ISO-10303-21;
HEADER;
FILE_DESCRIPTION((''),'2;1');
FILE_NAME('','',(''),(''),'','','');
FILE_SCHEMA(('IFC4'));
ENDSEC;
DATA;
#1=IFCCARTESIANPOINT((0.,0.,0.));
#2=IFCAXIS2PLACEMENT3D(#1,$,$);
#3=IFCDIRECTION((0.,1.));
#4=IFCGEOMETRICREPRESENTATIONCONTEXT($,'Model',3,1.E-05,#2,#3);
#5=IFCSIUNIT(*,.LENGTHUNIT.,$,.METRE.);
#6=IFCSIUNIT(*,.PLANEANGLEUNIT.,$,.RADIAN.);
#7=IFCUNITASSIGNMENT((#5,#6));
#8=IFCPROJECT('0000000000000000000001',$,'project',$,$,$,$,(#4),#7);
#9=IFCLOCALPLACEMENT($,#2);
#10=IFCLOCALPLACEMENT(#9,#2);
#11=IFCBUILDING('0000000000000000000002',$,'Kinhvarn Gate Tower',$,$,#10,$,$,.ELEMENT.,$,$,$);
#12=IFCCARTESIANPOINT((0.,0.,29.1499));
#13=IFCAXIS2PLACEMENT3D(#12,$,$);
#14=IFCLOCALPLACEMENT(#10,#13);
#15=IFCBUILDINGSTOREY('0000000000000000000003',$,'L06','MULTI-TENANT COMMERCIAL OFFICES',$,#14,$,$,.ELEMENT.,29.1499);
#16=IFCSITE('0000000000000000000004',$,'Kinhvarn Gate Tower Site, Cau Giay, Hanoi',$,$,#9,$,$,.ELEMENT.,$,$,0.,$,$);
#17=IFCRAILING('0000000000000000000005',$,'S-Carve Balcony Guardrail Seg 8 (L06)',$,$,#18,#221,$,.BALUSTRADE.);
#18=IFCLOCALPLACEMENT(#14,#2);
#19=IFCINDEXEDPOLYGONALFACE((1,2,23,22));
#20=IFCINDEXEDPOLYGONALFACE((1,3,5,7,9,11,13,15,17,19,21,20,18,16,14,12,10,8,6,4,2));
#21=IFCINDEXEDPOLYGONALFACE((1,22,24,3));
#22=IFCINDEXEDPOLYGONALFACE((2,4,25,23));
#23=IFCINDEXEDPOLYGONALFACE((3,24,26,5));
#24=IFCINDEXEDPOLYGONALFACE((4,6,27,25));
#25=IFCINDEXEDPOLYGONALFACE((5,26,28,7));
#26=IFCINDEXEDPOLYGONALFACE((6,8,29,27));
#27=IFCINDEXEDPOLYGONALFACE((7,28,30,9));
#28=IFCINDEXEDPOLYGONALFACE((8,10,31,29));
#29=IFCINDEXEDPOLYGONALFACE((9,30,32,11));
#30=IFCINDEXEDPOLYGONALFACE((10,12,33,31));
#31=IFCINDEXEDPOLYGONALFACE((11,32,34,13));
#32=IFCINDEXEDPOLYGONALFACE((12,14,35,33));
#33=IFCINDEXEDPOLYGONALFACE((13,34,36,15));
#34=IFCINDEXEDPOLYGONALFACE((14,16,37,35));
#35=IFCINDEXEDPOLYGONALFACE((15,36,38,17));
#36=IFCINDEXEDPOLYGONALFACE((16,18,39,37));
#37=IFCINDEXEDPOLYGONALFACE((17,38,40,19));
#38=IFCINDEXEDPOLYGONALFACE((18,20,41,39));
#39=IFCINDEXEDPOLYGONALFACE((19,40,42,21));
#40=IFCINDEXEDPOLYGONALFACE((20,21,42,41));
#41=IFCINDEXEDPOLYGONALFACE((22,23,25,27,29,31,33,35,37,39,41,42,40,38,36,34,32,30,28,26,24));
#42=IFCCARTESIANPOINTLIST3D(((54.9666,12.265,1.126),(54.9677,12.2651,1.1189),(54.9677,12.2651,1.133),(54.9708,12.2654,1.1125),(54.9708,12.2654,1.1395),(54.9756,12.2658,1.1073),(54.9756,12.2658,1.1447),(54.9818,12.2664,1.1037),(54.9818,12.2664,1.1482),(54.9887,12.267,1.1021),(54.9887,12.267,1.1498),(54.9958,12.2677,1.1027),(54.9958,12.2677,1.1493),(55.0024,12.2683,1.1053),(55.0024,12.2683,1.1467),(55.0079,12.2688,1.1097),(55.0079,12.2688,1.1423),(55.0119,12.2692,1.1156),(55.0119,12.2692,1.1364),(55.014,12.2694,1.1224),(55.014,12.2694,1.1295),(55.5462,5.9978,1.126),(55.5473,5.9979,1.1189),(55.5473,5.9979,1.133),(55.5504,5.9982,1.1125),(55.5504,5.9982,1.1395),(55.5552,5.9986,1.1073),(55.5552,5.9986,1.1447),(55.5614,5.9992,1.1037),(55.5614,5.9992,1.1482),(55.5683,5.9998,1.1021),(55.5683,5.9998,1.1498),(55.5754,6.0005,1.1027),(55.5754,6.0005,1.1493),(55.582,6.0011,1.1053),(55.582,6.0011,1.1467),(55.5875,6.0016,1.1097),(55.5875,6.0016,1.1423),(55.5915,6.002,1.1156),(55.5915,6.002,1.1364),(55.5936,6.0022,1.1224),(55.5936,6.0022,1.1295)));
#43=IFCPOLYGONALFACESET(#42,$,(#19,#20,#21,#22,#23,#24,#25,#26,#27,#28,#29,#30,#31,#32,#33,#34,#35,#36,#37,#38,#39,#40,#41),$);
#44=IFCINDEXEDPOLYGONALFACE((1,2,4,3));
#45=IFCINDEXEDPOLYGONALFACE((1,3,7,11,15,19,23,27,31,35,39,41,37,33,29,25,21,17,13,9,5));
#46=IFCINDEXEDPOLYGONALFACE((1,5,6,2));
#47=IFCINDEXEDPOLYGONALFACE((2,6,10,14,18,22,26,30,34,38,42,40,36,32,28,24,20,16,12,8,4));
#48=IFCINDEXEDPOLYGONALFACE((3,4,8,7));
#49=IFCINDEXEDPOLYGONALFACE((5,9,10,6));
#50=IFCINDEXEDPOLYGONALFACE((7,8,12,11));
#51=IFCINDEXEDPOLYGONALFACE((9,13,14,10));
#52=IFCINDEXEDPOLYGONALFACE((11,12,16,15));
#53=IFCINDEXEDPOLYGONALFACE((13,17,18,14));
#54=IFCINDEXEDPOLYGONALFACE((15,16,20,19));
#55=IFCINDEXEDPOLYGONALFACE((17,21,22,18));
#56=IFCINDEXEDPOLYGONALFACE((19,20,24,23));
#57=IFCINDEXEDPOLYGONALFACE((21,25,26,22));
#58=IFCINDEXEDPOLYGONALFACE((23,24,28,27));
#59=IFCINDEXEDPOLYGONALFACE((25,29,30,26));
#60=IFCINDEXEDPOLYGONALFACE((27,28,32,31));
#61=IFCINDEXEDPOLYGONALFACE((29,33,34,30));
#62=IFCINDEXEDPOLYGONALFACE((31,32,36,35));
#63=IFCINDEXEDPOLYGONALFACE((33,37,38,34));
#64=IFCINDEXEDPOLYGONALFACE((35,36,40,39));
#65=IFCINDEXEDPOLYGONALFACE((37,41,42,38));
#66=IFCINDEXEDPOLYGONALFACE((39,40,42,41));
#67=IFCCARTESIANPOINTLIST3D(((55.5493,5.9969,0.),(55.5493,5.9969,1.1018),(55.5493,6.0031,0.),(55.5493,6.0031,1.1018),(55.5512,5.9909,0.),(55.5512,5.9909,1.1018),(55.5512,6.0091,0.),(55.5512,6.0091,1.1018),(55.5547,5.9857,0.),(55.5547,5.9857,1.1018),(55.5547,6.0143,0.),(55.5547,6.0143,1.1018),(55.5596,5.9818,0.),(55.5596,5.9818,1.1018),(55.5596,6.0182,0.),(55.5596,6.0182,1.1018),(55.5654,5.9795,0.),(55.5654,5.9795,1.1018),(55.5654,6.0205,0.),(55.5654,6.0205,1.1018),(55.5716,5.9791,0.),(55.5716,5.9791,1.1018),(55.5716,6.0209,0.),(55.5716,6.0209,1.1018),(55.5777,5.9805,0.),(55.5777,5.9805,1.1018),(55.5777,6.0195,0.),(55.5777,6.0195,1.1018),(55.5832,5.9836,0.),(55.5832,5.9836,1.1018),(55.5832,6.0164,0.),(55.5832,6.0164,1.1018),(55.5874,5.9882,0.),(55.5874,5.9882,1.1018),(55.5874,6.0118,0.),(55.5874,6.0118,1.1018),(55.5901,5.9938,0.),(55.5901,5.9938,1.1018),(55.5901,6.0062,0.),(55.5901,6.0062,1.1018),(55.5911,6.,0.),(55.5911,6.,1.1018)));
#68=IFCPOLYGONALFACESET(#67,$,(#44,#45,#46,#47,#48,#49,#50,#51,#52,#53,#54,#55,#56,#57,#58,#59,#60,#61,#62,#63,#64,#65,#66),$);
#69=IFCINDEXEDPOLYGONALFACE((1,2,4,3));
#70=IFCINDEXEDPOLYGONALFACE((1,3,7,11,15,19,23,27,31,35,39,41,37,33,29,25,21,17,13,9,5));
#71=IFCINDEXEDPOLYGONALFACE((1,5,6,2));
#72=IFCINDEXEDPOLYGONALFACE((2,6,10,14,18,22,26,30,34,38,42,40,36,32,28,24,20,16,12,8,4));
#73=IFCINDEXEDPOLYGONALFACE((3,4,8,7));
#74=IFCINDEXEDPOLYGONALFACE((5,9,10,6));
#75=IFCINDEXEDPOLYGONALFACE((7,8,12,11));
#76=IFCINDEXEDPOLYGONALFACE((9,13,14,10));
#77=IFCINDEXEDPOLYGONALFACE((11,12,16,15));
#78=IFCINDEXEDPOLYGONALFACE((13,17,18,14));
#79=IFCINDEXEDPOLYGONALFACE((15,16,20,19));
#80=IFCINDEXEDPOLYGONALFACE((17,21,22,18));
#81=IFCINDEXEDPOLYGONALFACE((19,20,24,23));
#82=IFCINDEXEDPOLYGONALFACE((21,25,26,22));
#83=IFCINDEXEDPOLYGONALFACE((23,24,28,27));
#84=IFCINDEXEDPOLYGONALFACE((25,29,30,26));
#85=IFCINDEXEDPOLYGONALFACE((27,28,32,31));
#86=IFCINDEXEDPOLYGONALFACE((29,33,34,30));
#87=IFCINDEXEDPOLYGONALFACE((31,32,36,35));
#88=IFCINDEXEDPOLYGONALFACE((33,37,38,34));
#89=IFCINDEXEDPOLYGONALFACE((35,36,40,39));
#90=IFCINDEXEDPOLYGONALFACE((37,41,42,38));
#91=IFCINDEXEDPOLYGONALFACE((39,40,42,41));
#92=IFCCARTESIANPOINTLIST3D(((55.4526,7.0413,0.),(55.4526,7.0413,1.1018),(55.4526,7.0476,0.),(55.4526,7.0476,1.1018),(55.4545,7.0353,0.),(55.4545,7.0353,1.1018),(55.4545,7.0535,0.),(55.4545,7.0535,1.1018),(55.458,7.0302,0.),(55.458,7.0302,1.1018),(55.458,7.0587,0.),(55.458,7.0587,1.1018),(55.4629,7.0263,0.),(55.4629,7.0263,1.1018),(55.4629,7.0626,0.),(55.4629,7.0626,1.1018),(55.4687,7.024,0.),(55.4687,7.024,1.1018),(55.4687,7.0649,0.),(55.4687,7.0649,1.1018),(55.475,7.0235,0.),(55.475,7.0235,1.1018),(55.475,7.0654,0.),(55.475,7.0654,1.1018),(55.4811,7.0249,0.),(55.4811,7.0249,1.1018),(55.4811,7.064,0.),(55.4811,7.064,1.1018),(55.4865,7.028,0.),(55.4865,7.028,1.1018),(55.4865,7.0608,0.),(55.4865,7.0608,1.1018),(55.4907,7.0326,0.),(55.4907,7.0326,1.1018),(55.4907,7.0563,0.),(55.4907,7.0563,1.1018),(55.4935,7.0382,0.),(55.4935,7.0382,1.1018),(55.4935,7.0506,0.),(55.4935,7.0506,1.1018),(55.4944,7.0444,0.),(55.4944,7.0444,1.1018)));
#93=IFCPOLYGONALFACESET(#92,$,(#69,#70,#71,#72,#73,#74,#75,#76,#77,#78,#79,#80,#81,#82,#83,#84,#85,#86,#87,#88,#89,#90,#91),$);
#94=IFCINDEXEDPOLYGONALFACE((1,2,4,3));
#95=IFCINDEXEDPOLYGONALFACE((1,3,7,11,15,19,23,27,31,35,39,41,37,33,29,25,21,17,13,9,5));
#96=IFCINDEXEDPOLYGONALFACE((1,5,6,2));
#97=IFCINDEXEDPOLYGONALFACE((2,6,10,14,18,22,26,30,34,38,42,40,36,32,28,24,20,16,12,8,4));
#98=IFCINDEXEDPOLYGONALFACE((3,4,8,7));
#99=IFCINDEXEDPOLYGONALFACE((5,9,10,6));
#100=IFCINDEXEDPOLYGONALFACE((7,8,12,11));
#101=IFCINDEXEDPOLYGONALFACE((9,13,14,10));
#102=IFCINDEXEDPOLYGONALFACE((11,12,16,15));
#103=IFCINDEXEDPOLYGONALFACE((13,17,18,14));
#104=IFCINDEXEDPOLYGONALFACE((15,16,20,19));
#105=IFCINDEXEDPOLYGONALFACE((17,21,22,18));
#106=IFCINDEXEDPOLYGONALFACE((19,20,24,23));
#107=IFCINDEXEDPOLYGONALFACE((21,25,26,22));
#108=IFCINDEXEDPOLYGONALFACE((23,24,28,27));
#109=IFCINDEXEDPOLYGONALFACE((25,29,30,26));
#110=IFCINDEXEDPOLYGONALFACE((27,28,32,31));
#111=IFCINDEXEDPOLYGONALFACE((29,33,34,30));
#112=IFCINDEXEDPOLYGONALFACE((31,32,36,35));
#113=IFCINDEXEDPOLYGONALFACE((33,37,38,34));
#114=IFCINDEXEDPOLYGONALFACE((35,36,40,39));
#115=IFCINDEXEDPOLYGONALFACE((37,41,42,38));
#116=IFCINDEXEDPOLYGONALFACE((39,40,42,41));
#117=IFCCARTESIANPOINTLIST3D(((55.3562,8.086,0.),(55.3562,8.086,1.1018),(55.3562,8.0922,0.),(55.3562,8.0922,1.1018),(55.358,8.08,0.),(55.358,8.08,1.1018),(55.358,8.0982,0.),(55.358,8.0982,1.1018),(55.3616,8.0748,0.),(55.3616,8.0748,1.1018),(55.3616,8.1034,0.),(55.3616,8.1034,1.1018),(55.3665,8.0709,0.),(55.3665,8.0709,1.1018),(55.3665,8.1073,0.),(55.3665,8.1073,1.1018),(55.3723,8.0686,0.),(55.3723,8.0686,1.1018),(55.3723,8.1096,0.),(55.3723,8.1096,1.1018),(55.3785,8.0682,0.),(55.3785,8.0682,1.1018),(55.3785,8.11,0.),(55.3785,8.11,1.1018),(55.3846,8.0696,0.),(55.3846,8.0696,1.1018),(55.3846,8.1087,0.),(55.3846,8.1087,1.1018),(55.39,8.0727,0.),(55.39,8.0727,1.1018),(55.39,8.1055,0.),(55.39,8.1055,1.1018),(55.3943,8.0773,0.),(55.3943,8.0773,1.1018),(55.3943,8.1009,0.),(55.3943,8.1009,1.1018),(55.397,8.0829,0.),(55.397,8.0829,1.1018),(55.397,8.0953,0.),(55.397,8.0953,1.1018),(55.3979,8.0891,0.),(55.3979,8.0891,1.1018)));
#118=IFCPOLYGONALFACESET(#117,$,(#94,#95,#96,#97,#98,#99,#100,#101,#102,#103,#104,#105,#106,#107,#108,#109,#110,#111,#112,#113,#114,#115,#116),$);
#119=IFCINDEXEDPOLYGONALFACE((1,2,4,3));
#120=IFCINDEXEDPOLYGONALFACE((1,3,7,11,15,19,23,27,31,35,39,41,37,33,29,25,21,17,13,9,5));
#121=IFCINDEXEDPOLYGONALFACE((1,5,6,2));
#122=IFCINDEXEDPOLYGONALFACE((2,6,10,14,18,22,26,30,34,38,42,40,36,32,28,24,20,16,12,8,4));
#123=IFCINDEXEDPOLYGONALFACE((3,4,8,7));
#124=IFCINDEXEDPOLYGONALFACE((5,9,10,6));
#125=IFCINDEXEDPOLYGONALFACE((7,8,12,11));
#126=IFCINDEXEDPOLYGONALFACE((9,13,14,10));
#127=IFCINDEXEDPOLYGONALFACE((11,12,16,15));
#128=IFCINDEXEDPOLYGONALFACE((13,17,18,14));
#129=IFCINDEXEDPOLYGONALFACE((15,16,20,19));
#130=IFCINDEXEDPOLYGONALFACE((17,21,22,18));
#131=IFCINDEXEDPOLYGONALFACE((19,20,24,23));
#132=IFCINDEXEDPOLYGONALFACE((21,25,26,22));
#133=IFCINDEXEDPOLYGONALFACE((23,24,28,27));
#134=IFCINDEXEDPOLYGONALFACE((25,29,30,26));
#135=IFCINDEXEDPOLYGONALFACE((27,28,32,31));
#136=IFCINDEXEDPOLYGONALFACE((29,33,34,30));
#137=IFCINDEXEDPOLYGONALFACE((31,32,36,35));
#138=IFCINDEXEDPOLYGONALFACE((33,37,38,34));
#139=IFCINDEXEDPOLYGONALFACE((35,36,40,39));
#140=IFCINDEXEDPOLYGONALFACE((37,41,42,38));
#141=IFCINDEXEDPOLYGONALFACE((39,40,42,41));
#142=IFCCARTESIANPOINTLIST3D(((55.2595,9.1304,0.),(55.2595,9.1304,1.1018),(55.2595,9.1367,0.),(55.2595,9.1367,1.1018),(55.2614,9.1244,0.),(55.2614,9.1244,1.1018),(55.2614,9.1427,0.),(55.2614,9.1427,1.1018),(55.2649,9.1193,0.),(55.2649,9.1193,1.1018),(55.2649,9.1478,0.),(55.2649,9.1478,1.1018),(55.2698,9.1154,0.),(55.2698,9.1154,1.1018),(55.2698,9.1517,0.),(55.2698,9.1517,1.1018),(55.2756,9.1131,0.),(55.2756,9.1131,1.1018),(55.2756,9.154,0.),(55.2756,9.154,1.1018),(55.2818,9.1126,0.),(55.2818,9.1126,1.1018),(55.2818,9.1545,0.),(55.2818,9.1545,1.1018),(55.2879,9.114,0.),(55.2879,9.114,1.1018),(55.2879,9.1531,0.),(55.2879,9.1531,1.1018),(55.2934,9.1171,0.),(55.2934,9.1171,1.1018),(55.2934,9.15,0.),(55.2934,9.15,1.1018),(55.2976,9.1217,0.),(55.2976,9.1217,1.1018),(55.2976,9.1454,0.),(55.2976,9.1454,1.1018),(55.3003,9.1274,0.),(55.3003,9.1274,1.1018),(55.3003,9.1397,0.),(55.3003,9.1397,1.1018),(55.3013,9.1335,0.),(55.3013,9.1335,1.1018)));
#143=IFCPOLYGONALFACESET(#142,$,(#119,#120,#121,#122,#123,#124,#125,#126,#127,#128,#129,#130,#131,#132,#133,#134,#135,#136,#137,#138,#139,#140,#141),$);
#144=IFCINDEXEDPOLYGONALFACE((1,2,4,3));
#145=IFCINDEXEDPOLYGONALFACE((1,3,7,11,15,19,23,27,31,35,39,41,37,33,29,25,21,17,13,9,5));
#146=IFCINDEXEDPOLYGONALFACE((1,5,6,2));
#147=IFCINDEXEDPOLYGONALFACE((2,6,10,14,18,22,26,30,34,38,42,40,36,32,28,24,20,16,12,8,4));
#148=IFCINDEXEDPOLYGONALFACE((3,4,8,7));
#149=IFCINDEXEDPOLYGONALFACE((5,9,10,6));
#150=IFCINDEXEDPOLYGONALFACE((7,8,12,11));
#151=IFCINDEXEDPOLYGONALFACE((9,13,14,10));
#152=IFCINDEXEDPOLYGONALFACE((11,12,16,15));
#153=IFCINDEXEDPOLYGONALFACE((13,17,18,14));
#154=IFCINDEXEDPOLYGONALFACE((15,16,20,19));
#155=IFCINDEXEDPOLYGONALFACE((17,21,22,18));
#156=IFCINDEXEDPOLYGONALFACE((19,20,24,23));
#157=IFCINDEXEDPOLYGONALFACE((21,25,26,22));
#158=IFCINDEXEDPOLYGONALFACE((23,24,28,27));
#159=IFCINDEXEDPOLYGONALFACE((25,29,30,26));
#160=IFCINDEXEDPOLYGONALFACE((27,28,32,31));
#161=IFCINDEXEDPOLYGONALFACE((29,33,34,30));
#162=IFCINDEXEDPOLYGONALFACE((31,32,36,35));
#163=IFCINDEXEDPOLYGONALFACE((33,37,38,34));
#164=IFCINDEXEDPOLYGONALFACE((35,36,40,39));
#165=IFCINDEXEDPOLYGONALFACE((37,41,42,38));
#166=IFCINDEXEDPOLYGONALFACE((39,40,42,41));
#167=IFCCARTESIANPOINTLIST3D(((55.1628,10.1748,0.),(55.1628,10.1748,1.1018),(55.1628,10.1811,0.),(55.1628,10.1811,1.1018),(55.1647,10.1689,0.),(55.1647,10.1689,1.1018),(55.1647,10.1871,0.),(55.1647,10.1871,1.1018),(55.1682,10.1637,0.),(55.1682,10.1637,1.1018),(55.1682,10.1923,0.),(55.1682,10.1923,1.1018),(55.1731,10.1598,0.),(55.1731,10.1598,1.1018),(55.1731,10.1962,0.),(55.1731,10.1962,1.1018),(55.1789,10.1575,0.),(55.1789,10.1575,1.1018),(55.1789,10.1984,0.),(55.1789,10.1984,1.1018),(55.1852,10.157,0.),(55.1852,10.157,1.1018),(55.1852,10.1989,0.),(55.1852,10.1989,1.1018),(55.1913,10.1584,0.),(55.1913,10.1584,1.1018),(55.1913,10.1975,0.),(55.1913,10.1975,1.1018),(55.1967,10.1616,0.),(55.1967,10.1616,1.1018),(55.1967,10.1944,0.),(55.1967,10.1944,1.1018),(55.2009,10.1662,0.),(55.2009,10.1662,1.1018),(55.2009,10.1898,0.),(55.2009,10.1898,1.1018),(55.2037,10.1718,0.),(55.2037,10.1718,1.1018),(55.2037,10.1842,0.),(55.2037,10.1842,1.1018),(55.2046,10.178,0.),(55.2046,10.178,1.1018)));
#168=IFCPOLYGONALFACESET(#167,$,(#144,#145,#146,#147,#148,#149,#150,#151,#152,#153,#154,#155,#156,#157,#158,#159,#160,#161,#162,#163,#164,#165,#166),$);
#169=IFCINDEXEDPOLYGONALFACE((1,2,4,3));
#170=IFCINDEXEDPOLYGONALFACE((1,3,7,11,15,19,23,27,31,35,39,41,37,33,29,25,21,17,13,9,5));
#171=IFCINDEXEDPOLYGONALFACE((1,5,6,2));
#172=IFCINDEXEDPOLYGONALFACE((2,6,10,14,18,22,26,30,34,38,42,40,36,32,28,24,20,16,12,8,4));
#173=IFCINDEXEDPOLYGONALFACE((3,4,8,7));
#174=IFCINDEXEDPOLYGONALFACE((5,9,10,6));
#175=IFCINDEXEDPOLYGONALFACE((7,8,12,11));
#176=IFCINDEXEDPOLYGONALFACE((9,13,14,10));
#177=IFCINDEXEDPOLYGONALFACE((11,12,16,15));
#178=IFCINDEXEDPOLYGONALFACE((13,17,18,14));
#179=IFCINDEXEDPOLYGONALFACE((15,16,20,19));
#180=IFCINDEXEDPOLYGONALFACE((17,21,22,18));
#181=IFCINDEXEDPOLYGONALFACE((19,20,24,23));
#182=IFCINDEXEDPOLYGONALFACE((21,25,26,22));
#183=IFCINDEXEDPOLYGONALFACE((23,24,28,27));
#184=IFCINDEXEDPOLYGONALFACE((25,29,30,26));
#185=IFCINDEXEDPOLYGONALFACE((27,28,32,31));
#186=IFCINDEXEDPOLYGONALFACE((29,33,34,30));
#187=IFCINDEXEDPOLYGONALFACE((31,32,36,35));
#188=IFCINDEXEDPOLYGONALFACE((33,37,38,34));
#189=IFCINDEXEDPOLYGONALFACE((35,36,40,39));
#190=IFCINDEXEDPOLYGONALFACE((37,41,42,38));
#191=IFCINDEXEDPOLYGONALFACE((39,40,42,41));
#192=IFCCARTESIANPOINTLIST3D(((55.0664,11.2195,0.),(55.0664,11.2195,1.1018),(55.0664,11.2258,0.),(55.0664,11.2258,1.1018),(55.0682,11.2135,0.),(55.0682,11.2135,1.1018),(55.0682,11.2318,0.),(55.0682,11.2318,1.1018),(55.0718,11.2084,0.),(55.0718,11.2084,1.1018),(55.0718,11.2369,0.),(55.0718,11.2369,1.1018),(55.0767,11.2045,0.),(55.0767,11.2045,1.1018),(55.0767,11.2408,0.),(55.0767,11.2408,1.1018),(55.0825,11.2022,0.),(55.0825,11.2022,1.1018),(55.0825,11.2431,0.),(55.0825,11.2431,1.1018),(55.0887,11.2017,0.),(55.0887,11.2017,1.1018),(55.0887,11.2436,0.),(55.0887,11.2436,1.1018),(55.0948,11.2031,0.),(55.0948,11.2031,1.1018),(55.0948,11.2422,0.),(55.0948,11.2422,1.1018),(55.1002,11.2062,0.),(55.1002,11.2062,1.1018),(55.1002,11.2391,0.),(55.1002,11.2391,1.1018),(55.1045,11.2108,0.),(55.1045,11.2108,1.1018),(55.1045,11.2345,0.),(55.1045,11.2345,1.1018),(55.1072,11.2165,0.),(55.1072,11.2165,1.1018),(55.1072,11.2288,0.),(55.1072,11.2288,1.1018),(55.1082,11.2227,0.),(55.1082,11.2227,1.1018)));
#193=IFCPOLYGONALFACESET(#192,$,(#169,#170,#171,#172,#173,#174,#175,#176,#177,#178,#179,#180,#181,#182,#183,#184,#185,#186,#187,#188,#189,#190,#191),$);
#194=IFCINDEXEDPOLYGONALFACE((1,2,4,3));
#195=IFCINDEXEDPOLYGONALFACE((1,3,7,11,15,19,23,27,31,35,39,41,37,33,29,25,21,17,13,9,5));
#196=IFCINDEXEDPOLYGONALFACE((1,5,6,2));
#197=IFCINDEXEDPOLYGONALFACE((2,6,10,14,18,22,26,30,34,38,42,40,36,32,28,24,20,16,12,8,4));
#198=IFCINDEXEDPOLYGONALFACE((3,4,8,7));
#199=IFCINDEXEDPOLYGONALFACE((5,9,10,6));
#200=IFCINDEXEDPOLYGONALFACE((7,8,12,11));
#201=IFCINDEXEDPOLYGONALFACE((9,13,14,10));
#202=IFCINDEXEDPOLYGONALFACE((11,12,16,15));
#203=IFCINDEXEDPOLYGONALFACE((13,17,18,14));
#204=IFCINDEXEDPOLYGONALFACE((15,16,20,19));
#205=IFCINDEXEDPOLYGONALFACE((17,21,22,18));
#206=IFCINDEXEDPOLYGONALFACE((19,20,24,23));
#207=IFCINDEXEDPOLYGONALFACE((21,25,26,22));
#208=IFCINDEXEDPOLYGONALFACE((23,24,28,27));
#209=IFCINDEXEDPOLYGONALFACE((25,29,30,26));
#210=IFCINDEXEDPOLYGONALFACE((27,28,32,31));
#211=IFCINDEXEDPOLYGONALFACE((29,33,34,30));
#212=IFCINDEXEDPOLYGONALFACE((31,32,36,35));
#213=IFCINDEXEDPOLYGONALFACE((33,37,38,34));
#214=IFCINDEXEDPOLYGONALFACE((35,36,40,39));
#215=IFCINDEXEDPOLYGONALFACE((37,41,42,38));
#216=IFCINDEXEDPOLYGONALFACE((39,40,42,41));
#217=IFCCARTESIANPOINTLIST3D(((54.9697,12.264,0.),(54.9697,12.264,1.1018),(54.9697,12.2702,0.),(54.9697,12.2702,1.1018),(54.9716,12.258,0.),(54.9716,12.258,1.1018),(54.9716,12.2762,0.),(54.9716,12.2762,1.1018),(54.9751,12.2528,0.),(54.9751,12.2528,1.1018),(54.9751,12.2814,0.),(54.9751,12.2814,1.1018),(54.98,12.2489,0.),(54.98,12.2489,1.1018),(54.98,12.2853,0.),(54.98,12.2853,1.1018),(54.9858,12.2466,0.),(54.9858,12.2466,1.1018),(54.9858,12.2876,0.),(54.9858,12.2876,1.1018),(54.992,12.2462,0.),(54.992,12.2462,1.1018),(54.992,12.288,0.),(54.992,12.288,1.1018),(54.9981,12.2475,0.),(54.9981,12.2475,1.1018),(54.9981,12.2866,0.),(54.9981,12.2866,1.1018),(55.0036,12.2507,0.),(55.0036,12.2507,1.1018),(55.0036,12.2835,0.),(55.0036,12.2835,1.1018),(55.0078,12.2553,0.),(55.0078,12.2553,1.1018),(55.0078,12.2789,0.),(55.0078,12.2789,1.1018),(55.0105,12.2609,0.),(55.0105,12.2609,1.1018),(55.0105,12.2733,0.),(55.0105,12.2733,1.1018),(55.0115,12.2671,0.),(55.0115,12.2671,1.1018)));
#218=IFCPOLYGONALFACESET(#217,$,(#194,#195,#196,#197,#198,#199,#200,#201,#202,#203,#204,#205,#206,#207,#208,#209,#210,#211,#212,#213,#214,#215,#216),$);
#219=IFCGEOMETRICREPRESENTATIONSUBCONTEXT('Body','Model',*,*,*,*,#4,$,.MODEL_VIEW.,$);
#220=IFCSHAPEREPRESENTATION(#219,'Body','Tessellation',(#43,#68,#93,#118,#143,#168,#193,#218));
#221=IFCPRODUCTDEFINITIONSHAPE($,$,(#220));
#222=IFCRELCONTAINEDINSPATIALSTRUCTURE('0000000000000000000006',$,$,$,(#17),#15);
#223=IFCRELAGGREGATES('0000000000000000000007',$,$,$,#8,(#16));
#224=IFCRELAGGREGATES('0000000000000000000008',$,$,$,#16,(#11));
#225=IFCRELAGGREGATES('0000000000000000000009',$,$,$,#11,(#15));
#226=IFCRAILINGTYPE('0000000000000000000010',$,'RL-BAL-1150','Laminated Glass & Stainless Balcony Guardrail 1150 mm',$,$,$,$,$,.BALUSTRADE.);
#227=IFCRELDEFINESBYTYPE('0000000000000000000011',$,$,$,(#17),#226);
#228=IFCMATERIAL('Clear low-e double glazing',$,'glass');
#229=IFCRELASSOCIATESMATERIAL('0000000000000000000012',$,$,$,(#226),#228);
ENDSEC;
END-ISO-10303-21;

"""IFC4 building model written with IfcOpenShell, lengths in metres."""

from ifc_helpers import new_model, si_unit, direction, frame, origin, origin_2d, place, context, subcontext, project, spatial, circle, extrude, material, type_object, element, save


model = new_model("IFC4")

# Units and contexts
model_context = context("Model", 3, precision=1e-05, world=origin(), true_north=direction((0.0, 1.0)))
body_context = subcontext(model_context, "Body", "Model", "MODEL_VIEW")
ifc_project = project(units=[si_unit("LENGTHUNIT", "METRE"), si_unit("PLANEANGLEUNIT", "RADIAN")], contexts=[model_context])

# Site, building, storey
site_placement = place(None, origin())
site = spatial("IfcSite", under=ifc_project, at=site_placement, Name="Kinhvarn Gate Tower Site, Cau Giay, Hanoi", CompositionType="ELEMENT", RefElevation=0.0)
building_placement = place(site_placement, origin())
building = spatial("IfcBuilding", under=site, at=building_placement, Name="Kinhvarn Gate Tower", CompositionType="ELEMENT")
storey_placement = place(building_placement, frame((0.0, 0.0, 29.1499)))
storey = spatial("IfcBuildingStorey", under=building, at=storey_placement, Name="L06", Description="MULTI-TENANT COMMERCIAL OFFICES", CompositionType="ELEMENT", Elevation=29.1499)

# Shared definitions
ifc_material_1 = material(Name="Clear low-e double glazing", Category="glass")

# Railing
railing_type = type_object("IfcRailingType", Name="RL-BAL-1150", Description="Laminated Glass & Stainless Balcony Guardrail 1150 mm", PredefinedType="BALUSTRADE", material=ifc_material_1)
railing_1_placement = place(storey_placement, frame((55.5701, 6.0, 0.0)))
element("IfcRailing", 1, at=railing_1_placement, inside=storey, type_object=railing_type, Name="S-Carve Balcony Guardrail Seg 8 (L06)", PredefinedType="BALUSTRADE", context=body_context, shape_type="SweptSolid", body=[
    extrude(circle(Radius=0.0239, at=origin_2d()), frame((0.0, 0.0, 1.126), z_axis=(-0.092089, 0.995751, 0.0), x_axis=(-0.995751, -0.092089, 0.0)), (0.0, 0.0, 1.0), 6.2939),
    extrude(circle(Radius=0.021, at=origin_2d()), origin(), (0.0, 0.0, 1.0), 1.1018),
    extrude(circle(Radius=0.021, at=origin_2d()), frame((-0.0967, 1.0444, 0.0)), (0.0, 0.0, 1.0), 1.1018),
    extrude(circle(Radius=0.021, at=origin_2d()), frame((-0.1931, 2.0891, 0.0)), (0.0, 0.0, 1.0), 1.1018),
    extrude(circle(Radius=0.021, at=origin_2d()), frame((-0.2898, 3.1335, 0.0)), (0.0, 0.0, 1.0), 1.1018),
    extrude(circle(Radius=0.021, at=origin_2d()), frame((-0.3865, 4.178, 0.0)), (0.0, 0.0, 1.0), 1.1018),
    extrude(circle(Radius=0.021, at=origin_2d()), frame((-0.4829, 5.2227, 0.0)), (0.0, 0.0, 1.0), 1.1018),
    extrude(circle(Radius=0.021, at=origin_2d()), frame((-0.5796, 6.2671, 0.0)), (0.0, 0.0, 1.0), 1.1018),
])

save(model, "model.ifc")
